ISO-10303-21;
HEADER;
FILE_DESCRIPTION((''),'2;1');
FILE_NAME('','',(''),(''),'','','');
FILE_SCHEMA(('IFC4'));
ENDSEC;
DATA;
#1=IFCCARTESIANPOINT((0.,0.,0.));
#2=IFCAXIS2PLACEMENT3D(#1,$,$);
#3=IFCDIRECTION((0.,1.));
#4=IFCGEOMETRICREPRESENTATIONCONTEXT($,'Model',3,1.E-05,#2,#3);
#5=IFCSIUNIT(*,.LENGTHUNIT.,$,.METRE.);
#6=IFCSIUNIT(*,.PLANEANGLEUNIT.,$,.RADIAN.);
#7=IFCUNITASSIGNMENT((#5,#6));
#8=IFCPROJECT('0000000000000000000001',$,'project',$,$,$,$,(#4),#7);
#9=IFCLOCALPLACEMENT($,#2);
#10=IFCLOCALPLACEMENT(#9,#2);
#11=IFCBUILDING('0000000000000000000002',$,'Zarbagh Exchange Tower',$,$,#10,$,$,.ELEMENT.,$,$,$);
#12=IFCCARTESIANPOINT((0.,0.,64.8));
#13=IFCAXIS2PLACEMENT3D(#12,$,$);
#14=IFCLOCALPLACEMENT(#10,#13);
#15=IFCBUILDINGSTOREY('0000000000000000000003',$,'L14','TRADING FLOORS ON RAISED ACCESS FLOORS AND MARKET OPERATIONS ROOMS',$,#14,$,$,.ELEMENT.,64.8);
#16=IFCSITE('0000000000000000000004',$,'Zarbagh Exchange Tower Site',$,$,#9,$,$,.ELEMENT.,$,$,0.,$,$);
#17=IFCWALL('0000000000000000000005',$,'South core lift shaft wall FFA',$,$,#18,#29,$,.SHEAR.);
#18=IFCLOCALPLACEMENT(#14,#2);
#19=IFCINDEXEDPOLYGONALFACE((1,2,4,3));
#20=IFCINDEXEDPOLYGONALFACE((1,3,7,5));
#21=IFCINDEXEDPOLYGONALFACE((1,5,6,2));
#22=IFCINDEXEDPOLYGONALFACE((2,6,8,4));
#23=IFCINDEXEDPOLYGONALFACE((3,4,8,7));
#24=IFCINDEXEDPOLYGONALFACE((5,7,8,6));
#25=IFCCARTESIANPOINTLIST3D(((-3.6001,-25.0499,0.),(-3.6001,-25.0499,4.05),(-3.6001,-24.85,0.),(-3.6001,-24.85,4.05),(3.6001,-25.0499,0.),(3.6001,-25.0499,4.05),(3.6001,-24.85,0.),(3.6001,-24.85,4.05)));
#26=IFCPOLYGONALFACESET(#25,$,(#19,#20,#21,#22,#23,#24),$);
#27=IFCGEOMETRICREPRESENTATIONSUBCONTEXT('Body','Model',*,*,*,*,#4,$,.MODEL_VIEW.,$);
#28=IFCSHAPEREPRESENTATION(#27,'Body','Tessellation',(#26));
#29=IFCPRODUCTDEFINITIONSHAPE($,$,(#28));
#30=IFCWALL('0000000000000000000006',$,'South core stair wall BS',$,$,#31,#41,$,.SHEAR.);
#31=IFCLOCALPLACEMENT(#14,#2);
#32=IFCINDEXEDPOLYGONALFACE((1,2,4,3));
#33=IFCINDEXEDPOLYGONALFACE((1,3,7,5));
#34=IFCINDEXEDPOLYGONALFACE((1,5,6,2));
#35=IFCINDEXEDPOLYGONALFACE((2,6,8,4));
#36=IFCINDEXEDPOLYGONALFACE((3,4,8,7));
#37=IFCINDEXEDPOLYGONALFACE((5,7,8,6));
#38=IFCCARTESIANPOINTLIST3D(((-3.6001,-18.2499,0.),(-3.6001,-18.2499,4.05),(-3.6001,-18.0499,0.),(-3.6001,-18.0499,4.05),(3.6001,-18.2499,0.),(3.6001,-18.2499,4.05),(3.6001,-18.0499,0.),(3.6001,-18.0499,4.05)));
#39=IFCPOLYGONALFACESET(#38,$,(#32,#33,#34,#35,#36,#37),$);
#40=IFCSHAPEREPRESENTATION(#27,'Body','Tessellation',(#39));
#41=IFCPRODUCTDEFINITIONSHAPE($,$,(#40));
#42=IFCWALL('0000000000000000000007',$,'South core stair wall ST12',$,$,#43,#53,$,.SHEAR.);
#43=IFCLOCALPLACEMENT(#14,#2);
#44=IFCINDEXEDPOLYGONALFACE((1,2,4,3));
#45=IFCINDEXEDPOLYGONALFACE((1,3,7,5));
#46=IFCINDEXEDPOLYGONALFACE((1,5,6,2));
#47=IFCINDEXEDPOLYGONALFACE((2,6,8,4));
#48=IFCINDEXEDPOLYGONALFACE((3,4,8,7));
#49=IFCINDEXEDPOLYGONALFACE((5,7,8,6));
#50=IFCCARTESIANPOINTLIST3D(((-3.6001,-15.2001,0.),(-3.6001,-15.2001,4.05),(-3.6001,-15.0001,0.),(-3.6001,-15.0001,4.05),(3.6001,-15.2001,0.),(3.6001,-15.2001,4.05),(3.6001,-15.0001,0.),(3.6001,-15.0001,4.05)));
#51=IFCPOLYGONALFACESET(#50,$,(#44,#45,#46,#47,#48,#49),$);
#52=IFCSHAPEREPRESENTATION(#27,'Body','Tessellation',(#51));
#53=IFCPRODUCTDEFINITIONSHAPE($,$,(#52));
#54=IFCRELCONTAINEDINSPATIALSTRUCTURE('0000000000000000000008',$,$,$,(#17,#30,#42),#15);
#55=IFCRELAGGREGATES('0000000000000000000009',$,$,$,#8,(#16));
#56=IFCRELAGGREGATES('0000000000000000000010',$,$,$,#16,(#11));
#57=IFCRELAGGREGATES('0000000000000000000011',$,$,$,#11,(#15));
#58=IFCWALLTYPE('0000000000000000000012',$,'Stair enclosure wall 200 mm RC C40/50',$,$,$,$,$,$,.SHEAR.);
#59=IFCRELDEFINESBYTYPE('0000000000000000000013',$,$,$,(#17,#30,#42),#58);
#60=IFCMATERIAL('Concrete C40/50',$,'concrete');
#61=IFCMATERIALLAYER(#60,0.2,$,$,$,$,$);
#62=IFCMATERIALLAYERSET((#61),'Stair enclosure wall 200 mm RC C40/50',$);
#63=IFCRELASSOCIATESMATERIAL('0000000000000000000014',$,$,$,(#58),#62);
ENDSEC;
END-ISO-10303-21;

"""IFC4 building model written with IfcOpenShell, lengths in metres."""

from ifc_helpers import new_model, si_unit, direction, frame, frame_2d, origin, place, context, subcontext, project, spatial, rectangle, extrude, material, layer, layer_set, type_object, element, save


model = new_model("IFC4")

# Units and contexts
model_context = context("Model", 3, precision=1e-05, world=origin(), true_north=direction((0.0, 1.0)))
body_context = subcontext(model_context, "Body", "Model", "MODEL_VIEW")
ifc_project = project(units=[si_unit("LENGTHUNIT", "METRE"), si_unit("PLANEANGLEUNIT", "RADIAN")], contexts=[model_context])

# Site, building, storey
site_placement = place(None, origin())
site = spatial("IfcSite", under=ifc_project, at=site_placement, Name="Zarbagh Exchange Tower Site", CompositionType="ELEMENT", RefElevation=0.0)
building_placement = place(site_placement, origin())
building = spatial("IfcBuilding", under=site, at=building_placement, Name="Zarbagh Exchange Tower", CompositionType="ELEMENT")
storey_placement = place(building_placement, frame((0.0, 0.0, 64.8)))
storey = spatial("IfcBuildingStorey", under=building, at=storey_placement, Name="L14", Description="TRADING FLOORS ON RAISED ACCESS FLOORS AND MARKET OPERATIONS ROOMS", CompositionType="ELEMENT", Elevation=64.8)

# Walls
ifc_material_1 = material(Name="Concrete C40/50", Category="concrete")
ifc_layer_1 = layer(ifc_material_1, 0.2)
ifc_layer_set_1 = layer_set([ifc_layer_1], Name="Stair enclosure wall 200 mm RC C40/50")
wall_type_1 = type_object("IfcWallType", Name="Stair enclosure wall 200 mm RC C40/50", PredefinedType="SHEAR", material=ifc_layer_set_1)
for number, where, z_axis, x_axis, name in (
    (1, (3.6001, -24.95, 0.0), (0.0, 0.0, 1.0), (-1.0, 0.0, 0.0), "South core lift shaft wall FFA"),
    (2, (3.6001, -18.1499, 0.0), (0.0, 0.0, 1.0), (-1.0, 0.0, 0.0), "South core stair wall BS"),
    (3, (3.6001, -15.1001, 0.0), (0.0, 0.0, 1.0), (-1.0, 0.0, 0.0), "South core stair wall ST12"),
):
    element("IfcWall", number, at=place(storey_placement, frame(where, z_axis=z_axis, x_axis=x_axis)), inside=storey, type_object=wall_type_1, Name=name, PredefinedType="SHEAR", context=body_context, shape_type="SweptSolid", body=[
        extrude(rectangle(XDim=7.2002, YDim=0.2, at=frame_2d((3.6001, 0.0))), origin(), (0.0, 0.0, 1.0), 4.05),
    ])

save(model, "model.ifc")
